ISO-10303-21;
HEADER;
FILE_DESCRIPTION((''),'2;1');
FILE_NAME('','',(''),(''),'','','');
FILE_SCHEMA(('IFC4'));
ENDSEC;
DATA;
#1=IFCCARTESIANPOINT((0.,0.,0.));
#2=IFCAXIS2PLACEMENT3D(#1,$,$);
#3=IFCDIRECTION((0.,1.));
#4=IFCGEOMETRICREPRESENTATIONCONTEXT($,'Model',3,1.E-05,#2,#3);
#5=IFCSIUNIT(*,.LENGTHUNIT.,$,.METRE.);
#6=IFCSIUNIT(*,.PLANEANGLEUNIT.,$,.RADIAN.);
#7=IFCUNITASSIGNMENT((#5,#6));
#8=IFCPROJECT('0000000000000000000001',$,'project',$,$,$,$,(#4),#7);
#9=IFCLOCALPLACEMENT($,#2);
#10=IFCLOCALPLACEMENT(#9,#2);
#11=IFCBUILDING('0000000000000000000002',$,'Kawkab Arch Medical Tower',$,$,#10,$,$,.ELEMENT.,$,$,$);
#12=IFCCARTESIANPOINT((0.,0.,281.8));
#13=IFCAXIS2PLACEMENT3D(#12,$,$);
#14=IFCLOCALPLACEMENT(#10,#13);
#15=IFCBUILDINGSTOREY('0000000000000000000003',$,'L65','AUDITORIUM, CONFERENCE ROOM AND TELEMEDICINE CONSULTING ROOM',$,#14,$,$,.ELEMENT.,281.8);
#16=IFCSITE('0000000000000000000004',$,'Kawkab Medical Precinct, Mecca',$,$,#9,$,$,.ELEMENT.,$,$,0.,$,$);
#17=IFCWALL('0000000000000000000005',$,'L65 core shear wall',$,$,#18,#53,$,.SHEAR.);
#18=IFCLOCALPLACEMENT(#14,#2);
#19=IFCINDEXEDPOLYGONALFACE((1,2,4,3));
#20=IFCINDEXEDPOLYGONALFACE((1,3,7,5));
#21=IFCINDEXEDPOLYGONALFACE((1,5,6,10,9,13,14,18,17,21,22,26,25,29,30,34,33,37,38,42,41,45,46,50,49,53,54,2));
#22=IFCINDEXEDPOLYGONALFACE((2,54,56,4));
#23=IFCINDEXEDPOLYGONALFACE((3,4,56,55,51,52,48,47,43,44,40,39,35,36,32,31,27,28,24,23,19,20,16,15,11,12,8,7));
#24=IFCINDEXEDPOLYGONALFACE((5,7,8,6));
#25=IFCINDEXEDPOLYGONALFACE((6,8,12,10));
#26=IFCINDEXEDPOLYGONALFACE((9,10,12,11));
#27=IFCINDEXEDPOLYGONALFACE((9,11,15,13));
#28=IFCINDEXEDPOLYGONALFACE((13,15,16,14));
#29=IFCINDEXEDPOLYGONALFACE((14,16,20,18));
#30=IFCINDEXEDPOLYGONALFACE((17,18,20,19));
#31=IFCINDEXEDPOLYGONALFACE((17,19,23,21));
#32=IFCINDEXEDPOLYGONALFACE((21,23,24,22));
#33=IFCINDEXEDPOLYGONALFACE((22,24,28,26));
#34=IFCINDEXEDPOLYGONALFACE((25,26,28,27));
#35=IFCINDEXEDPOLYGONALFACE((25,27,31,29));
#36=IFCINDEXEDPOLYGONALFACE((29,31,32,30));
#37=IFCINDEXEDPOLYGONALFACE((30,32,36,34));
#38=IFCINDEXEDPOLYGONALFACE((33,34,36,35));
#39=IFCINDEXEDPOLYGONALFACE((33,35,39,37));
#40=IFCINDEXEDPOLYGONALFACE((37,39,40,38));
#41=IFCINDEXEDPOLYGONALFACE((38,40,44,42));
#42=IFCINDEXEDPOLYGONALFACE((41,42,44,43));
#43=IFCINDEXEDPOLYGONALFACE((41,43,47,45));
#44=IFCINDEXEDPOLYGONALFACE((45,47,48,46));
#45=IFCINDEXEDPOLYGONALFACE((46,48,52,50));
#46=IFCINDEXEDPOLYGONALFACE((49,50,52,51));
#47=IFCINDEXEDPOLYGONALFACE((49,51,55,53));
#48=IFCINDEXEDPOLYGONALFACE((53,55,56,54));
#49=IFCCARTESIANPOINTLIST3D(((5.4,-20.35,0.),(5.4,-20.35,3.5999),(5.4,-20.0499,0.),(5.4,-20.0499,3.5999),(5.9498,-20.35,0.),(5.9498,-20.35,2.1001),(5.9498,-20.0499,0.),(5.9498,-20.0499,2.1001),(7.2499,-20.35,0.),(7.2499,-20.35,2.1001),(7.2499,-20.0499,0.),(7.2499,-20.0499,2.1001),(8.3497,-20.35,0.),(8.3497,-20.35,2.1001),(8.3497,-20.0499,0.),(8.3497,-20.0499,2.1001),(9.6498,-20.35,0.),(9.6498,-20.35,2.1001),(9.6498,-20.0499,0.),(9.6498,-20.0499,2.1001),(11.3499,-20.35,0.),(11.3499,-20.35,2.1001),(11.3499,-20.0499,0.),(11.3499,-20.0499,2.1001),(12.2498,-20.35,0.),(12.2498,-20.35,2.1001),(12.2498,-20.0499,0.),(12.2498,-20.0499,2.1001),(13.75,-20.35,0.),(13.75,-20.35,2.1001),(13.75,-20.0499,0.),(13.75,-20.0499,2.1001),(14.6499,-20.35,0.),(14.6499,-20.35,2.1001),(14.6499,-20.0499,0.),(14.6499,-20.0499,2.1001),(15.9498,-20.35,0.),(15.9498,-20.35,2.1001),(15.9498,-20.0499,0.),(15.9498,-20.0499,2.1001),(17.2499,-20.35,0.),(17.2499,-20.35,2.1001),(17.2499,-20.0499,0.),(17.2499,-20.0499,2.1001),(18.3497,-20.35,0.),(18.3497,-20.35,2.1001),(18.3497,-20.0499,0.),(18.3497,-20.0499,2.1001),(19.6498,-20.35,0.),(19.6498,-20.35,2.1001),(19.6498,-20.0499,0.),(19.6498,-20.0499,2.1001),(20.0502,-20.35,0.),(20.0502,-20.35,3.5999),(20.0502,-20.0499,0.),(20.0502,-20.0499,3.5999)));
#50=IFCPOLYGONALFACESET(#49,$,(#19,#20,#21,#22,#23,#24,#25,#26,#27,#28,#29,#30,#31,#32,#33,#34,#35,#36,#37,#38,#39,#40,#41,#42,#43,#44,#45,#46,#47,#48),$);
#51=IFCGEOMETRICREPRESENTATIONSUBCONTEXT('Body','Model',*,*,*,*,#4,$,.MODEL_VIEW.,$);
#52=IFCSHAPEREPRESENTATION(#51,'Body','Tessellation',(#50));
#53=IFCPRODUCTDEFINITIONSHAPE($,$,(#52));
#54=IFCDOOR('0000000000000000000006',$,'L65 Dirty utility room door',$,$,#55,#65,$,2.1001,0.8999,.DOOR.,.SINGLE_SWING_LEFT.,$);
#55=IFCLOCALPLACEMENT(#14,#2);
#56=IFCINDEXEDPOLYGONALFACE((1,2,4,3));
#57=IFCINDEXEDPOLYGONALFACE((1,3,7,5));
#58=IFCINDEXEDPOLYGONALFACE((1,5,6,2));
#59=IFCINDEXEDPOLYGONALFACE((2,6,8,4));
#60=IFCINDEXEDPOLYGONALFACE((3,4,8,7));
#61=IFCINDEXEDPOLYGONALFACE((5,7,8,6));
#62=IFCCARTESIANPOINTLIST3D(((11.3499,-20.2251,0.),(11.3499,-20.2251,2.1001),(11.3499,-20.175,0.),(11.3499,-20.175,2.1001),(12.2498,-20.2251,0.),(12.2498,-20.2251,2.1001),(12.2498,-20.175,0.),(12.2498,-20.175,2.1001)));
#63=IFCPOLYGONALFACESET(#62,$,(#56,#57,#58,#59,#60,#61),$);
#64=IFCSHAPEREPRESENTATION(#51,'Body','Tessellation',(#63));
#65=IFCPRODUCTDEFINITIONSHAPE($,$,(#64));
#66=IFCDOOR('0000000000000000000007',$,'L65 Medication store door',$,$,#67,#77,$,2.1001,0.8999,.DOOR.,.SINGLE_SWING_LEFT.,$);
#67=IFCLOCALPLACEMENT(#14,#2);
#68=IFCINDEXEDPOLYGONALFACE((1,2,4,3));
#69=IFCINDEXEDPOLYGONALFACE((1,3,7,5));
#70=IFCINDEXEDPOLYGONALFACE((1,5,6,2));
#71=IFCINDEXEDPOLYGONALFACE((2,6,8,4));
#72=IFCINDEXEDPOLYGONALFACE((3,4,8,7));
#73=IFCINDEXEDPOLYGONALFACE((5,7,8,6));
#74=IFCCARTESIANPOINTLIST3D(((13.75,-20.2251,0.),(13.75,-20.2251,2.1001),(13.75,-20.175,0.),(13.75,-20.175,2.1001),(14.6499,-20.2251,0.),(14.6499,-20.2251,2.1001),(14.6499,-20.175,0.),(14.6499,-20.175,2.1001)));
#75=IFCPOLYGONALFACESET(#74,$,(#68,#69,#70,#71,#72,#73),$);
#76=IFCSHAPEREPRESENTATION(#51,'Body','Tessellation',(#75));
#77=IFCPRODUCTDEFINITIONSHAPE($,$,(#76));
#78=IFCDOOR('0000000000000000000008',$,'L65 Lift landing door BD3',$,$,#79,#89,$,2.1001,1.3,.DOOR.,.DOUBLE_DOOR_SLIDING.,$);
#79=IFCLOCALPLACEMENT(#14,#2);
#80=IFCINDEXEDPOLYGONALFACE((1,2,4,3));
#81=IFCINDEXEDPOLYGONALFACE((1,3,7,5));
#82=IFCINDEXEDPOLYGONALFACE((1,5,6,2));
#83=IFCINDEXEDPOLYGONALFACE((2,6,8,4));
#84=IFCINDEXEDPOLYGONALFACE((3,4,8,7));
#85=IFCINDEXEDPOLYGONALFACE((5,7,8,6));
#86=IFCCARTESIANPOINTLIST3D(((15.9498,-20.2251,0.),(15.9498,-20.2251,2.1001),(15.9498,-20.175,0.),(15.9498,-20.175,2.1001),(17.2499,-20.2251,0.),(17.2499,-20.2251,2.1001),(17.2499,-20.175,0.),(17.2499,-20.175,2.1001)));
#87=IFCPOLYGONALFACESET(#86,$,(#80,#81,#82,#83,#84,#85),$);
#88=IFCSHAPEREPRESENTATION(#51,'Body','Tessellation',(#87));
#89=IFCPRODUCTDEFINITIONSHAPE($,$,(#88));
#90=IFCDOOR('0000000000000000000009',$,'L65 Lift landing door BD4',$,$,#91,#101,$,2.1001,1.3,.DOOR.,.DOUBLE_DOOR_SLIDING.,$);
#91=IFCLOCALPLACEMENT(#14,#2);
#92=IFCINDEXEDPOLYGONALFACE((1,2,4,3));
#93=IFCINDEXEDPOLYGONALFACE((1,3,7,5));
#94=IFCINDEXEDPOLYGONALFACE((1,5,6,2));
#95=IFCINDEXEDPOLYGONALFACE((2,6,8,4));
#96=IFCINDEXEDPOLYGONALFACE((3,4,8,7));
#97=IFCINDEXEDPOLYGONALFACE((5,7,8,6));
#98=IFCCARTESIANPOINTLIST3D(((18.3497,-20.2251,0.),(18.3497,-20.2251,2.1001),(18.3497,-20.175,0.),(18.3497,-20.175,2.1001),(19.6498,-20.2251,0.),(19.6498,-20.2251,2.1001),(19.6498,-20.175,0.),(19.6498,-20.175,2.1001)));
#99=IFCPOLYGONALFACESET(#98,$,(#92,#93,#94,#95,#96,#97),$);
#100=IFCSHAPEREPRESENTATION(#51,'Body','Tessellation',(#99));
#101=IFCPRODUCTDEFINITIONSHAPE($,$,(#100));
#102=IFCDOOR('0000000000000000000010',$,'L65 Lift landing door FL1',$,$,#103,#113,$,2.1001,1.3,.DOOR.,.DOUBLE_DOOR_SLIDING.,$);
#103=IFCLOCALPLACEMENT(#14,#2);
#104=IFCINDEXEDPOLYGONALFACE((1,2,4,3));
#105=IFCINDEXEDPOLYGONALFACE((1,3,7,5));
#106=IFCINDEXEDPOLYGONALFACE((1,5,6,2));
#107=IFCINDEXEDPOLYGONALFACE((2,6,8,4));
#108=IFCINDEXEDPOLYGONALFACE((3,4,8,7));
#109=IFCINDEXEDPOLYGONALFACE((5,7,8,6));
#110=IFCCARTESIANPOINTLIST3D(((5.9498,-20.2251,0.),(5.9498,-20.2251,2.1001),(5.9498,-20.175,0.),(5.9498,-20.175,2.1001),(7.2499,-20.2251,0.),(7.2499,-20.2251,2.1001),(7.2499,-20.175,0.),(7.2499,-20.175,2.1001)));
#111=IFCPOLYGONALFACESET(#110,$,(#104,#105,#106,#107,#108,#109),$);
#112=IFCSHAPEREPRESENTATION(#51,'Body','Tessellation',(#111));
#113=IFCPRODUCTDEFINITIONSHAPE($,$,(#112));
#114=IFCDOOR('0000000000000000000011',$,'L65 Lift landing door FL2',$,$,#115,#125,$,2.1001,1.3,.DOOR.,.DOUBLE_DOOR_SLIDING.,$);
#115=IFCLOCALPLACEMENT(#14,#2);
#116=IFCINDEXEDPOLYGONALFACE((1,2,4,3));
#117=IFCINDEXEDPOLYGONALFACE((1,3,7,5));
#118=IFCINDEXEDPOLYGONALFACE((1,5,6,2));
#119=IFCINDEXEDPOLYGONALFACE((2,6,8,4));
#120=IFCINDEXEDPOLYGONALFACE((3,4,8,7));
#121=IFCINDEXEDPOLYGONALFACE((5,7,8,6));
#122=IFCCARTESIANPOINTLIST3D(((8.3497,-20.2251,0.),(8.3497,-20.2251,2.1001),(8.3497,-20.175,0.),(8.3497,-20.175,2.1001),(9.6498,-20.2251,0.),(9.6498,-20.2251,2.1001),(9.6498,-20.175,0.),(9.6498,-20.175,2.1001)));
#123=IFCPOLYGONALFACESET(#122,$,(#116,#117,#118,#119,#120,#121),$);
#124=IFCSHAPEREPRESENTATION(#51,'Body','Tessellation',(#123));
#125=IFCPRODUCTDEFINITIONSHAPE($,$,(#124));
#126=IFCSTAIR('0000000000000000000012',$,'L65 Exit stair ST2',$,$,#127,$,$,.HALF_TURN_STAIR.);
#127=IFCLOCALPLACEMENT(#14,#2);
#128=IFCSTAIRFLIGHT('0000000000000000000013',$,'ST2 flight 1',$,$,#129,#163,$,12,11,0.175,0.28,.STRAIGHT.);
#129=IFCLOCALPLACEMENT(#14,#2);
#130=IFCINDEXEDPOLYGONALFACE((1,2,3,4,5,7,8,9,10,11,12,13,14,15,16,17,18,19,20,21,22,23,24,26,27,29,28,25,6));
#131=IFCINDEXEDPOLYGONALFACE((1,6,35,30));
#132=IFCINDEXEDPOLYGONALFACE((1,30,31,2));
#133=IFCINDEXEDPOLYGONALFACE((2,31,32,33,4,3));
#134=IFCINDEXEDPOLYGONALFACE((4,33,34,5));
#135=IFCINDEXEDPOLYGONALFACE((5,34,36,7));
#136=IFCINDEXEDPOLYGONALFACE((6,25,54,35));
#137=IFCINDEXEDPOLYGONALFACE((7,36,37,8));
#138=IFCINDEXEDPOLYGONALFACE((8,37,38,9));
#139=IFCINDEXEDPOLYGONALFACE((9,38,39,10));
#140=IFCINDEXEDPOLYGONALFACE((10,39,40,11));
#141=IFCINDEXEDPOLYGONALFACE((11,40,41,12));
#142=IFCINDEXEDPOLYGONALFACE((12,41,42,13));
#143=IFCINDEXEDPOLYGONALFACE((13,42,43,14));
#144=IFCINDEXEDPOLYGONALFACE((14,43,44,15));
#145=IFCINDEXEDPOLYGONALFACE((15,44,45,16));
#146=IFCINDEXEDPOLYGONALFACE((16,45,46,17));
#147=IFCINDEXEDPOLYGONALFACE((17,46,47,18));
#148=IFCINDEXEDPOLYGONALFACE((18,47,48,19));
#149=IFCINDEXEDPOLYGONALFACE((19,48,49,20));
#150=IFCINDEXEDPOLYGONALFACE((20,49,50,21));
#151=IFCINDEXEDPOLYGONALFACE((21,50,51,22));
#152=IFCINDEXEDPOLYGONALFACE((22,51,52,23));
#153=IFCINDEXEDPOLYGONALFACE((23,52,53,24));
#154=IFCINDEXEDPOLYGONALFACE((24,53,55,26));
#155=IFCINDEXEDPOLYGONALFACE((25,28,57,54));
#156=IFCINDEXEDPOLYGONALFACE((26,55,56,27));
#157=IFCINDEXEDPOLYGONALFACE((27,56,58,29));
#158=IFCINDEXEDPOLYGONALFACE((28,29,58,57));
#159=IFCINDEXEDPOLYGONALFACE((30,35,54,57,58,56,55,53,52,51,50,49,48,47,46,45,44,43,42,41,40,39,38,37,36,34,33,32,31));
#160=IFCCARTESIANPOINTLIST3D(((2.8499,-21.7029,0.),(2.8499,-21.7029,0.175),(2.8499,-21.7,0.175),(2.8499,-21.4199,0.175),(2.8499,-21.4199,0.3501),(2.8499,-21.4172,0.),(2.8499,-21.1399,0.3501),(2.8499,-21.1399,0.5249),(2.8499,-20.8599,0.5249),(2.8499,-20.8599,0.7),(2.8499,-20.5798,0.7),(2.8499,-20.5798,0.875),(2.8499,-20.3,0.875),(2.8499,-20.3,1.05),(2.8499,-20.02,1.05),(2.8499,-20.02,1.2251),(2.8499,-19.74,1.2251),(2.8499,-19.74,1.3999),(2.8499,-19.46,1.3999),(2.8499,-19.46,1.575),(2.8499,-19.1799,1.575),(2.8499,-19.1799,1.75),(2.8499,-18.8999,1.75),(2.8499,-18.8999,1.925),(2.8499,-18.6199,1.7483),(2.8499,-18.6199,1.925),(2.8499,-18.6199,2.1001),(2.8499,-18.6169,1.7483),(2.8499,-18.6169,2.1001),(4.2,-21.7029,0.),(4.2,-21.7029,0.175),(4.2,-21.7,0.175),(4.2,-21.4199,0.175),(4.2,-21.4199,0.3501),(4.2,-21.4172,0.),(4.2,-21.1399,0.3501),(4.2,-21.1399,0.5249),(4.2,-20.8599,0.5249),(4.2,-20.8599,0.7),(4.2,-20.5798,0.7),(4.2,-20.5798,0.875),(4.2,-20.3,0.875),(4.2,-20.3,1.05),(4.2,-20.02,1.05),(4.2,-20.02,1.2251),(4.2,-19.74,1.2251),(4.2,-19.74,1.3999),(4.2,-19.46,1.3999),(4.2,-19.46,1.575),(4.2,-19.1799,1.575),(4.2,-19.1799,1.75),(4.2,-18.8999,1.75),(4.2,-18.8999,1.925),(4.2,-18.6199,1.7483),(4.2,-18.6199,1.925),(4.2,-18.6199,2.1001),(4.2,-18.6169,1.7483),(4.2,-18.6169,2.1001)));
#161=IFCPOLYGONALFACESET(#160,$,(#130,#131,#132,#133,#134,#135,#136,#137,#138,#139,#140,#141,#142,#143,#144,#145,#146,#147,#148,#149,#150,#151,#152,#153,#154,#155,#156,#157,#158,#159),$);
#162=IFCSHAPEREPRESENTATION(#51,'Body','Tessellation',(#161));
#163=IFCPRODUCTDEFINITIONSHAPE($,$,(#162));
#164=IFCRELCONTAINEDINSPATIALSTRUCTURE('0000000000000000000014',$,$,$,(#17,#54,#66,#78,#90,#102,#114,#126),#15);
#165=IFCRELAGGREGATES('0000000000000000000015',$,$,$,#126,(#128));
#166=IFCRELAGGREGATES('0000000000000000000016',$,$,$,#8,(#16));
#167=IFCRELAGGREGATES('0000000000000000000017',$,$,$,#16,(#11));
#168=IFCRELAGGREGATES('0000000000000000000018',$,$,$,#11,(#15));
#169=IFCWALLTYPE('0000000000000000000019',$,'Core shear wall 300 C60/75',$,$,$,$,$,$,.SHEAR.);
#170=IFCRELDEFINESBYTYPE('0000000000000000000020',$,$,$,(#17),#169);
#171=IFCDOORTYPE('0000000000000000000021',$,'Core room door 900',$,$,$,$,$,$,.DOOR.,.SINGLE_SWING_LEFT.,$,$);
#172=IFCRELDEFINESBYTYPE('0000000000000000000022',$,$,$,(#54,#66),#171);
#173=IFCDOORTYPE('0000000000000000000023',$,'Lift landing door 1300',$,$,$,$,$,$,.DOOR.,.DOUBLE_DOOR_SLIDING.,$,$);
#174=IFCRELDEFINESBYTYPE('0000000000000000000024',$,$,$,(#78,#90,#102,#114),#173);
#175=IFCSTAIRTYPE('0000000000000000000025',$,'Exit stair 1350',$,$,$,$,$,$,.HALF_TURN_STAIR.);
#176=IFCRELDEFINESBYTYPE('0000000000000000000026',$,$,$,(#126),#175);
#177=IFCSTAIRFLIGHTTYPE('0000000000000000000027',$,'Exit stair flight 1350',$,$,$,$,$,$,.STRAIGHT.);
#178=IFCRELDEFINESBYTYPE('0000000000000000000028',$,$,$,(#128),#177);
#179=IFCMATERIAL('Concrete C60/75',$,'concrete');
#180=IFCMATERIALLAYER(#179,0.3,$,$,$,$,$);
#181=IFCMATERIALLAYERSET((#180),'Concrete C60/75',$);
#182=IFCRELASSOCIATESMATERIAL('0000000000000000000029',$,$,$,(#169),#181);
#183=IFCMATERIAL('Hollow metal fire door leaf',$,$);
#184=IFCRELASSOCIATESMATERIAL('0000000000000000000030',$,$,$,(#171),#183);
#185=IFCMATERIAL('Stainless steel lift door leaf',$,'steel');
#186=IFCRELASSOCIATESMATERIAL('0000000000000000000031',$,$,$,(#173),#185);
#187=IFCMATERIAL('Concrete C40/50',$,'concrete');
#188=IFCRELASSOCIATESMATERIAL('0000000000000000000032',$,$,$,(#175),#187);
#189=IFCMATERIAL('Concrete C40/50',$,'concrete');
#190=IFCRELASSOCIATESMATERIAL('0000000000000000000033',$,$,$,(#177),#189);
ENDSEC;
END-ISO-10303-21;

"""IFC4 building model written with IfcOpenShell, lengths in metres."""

from ifc_helpers import new_model, si_unit, direction, frame, frame_2d, origin, place, context, subcontext, project, spatial, polyline, rectangle, outline, extrude, material, layer, layer_set, type_object, element, fill, aggregate, save


model = new_model("IFC4")

# Units and contexts
model_context = context("Model", 3, precision=1e-05, world=origin(), true_north=direction((0.0, 1.0)))
body_context = subcontext(model_context, "Body", "Model", "MODEL_VIEW")
ifc_project = project(units=[si_unit("LENGTHUNIT", "METRE"), si_unit("PLANEANGLEUNIT", "RADIAN")], contexts=[model_context])

# Site, building, storey
site_placement = place(None, origin())
site = spatial("IfcSite", under=ifc_project, at=site_placement, Name="Kawkab Medical Precinct, Mecca", CompositionType="ELEMENT", RefElevation=0.0)
building_placement = place(site_placement, origin())
building = spatial("IfcBuilding", under=site, at=building_placement, Name="Kawkab Arch Medical Tower", CompositionType="ELEMENT")
storey_placement = place(building_placement, frame((0.0, 0.0, 281.8)))
storey = spatial("IfcBuildingStorey", under=building, at=storey_placement, Name="L65", Description="AUDITORIUM, CONFERENCE ROOM AND TELEMEDICINE CONSULTING ROOM", CompositionType="ELEMENT", Elevation=281.8)

# Wall, openings, doors
ifc_material_1 = material(Name="Concrete C60/75", Category="concrete")
ifc_layer_1 = layer(ifc_material_1, 0.3)
ifc_layer_set_1 = layer_set([ifc_layer_1], Name="Concrete C60/75")
wall_type_1 = type_object("IfcWallType", Name="Core shear wall 300 C60/75", PredefinedType="SHEAR", material=ifc_layer_set_1)
wall_1_placement = place(storey_placement, frame((5.3999, -20.2, 0.0), z_axis=(0.0, 0.0, 1.0), x_axis=(1.0, 0.0, 0.0)))
wall_1 = element("IfcWall", 1, at=wall_1_placement, inside=storey, type_object=wall_type_1, Name="L65 core shear wall", PredefinedType="SHEAR", context=body_context, shape_type="SweptSolid", body=[
    extrude(rectangle(XDim=14.6501, YDim=0.3, at=frame_2d((7.3252, 0.0))), origin(), (0.0, 0.0, 1.0), 3.5999),
])
opening_1_placement = place(wall_1_placement, frame((10.55, 0.0, 0.0)))
opening_1 = element("IfcOpeningElement", 2, at=opening_1_placement, cuts=wall_1, PredefinedType="OPENING", context=body_context, shape_type="SweptSolid", body=[
    extrude(rectangle(XDim=1.3, YDim=2.1001, at=frame_2d((0.6499, 1.05))), frame((0.0, 0.1599, 0.0), z_axis=(0.0, -1.0, 0.0), x_axis=(1.0, 0.0, 0.0)), (0.0, 0.0, 1.0), 0.3201),
])
opening_2_placement = place(wall_1_placement, frame((12.95, 0.0, 0.0)))
opening_2 = element("IfcOpeningElement", 3, at=opening_2_placement, cuts=wall_1, PredefinedType="OPENING", context=body_context, shape_type="SweptSolid", body=[
    extrude(rectangle(XDim=1.3, YDim=2.1001, at=frame_2d((0.6499, 1.05))), frame((0.0, 0.1599, 0.0), z_axis=(0.0, -1.0, 0.0), x_axis=(1.0, 0.0, 0.0)), (0.0, 0.0, 1.0), 0.3201),
])
opening_3_placement = place(wall_1_placement, frame((0.55, 0.0, 0.0)))
opening_3 = element("IfcOpeningElement", 4, at=opening_3_placement, cuts=wall_1, PredefinedType="OPENING", context=body_context, shape_type="SweptSolid", body=[
    extrude(rectangle(XDim=1.3, YDim=2.1001, at=frame_2d((0.6499, 1.05))), frame((0.0, 0.1599, 0.0), z_axis=(0.0, -1.0, 0.0), x_axis=(1.0, 0.0, 0.0)), (0.0, 0.0, 1.0), 0.3201),
])
opening_4_placement = place(wall_1_placement, frame((2.95, 0.0, 0.0)))
opening_4 = element("IfcOpeningElement", 5, at=opening_4_placement, cuts=wall_1, PredefinedType="OPENING", context=body_context, shape_type="SweptSolid", body=[
    extrude(rectangle(XDim=1.3, YDim=2.1001, at=frame_2d((0.6499, 1.05))), frame((0.0, 0.1599, 0.0), z_axis=(0.0, -1.0, 0.0), x_axis=(1.0, 0.0, 0.0)), (0.0, 0.0, 1.0), 0.3201),
])
opening_5_placement = place(wall_1_placement, frame((5.95, 0.0, 0.0)))
opening_5 = element("IfcOpeningElement", 6, at=opening_5_placement, cuts=wall_1, PredefinedType="OPENING", context=body_context, shape_type="SweptSolid", body=[
    extrude(rectangle(XDim=0.8999, YDim=2.1001, at=frame_2d((0.45, 1.05))), frame((0.0, 0.1599, 0.0), z_axis=(0.0, -1.0, 0.0), x_axis=(1.0, 0.0, 0.0)), (0.0, 0.0, 1.0), 0.3201),
])
opening_6_placement = place(wall_1_placement, frame((8.3501, 0.0, 0.0)))
opening_6 = element("IfcOpeningElement", 7, at=opening_6_placement, cuts=wall_1, PredefinedType="OPENING", context=body_context, shape_type="SweptSolid", body=[
    extrude(rectangle(XDim=0.8999, YDim=2.1001, at=frame_2d((0.45, 1.05))), frame((0.0, 0.1599, 0.0), z_axis=(0.0, -1.0, 0.0), x_axis=(1.0, 0.0, 0.0)), (0.0, 0.0, 1.0), 0.3201),
])
ifc_material_2 = material(Name="Hollow metal fire door leaf")
door_type_1 = type_object("IfcDoorType", Name="Core room door 900", OperationType="SINGLE_SWING_LEFT", PredefinedType="DOOR", material=ifc_material_2)
door_1_placement = place(opening_5_placement, origin())
door_1 = element("IfcDoor", 8, at=door_1_placement, inside=storey, type_object=door_type_1, Name="L65 Dirty utility room door", OperationType="SINGLE_SWING_LEFT", OverallHeight=2.1001, OverallWidth=0.8999, PredefinedType="DOOR", context=body_context, shape_type="SweptSolid", body=[
    extrude(rectangle(XDim=0.8999, YDim=2.1001, at=frame_2d((0.45, 1.05))), frame((0.0, 0.0249, 0.0), z_axis=(0.0, -1.0, 0.0), x_axis=(1.0, 0.0, 0.0)), (0.0, 0.0, 1.0), 0.05),
])
fill(opening_5, door_1)
door_2_placement = place(opening_6_placement, origin())
door_2 = element("IfcDoor", 9, at=door_2_placement, inside=storey, type_object=door_type_1, Name="L65 Medication store door", OperationType="SINGLE_SWING_LEFT", OverallHeight=2.1001, OverallWidth=0.8999, PredefinedType="DOOR", context=body_context, shape_type="SweptSolid", body=[
    extrude(rectangle(XDim=0.8999, YDim=2.1001, at=frame_2d((0.45, 1.05))), frame((0.0, 0.0249, 0.0), z_axis=(0.0, -1.0, 0.0), x_axis=(1.0, 0.0, 0.0)), (0.0, 0.0, 1.0), 0.05),
])
fill(opening_6, door_2)
ifc_material_3 = material(Name="Stainless steel lift door leaf", Category="steel")
door_type_2 = type_object("IfcDoorType", Name="Lift landing door 1300", OperationType="DOUBLE_DOOR_SLIDING", PredefinedType="DOOR", material=ifc_material_3)
door_3_placement = place(opening_1_placement, origin())
door_3 = element("IfcDoor", 10, at=door_3_placement, inside=storey, type_object=door_type_2, Name="L65 Lift landing door BD3", OperationType="DOUBLE_DOOR_SLIDING", OverallHeight=2.1001, OverallWidth=1.3, PredefinedType="DOOR", context=body_context, shape_type="SweptSolid", body=[
    extrude(rectangle(XDim=1.3, YDim=2.1001, at=frame_2d((0.6499, 1.05))), frame((0.0, 0.0249, 0.0), z_axis=(0.0, -1.0, 0.0), x_axis=(1.0, 0.0, 0.0)), (0.0, 0.0, 1.0), 0.05),
])
fill(opening_1, door_3)
door_4_placement = place(opening_2_placement, origin())
door_4 = element("IfcDoor", 11, at=door_4_placement, inside=storey, type_object=door_type_2, Name="L65 Lift landing door BD4", OperationType="DOUBLE_DOOR_SLIDING", OverallHeight=2.1001, OverallWidth=1.3, PredefinedType="DOOR", context=body_context, shape_type="SweptSolid", body=[
    extrude(rectangle(XDim=1.3, YDim=2.1001, at=frame_2d((0.6499, 1.05))), frame((0.0, 0.0249, 0.0), z_axis=(0.0, -1.0, 0.0), x_axis=(1.0, 0.0, 0.0)), (0.0, 0.0, 1.0), 0.05),
])
fill(opening_2, door_4)
door_5_placement = place(opening_3_placement, origin())
door_5 = element("IfcDoor", 12, at=door_5_placement, inside=storey, type_object=door_type_2, Name="L65 Lift landing door FL1", OperationType="DOUBLE_DOOR_SLIDING", OverallHeight=2.1001, OverallWidth=1.3, PredefinedType="DOOR", context=body_context, shape_type="SweptSolid", body=[
    extrude(rectangle(XDim=1.3, YDim=2.1001, at=frame_2d((0.6499, 1.05))), frame((0.0, 0.0249, 0.0), z_axis=(0.0, -1.0, 0.0), x_axis=(1.0, 0.0, 0.0)), (0.0, 0.0, 1.0), 0.05),
])
fill(opening_3, door_5)
door_6_placement = place(opening_4_placement, origin())
door_6 = element("IfcDoor", 13, at=door_6_placement, inside=storey, type_object=door_type_2, Name="L65 Lift landing door FL2", OperationType="DOUBLE_DOOR_SLIDING", OverallHeight=2.1001, OverallWidth=1.3, PredefinedType="DOOR", context=body_context, shape_type="SweptSolid", body=[
    extrude(rectangle(XDim=1.3, YDim=2.1001, at=frame_2d((0.6499, 1.05))), frame((0.0, 0.0249, 0.0), z_axis=(0.0, -1.0, 0.0), x_axis=(1.0, 0.0, 0.0)), (0.0, 0.0, 1.0), 0.05),
])
fill(opening_4, door_6)

# Stair, stair flight
ifc_material_4 = material(Name="Concrete C40/50", Category="concrete")
stair_type = type_object("IfcStairType", Name="Exit stair 1350", PredefinedType="HALF_TURN_STAIR", material=ifc_material_4)
placement = place(storey_placement, origin())
stair_1 = element("IfcStair", 14, at=placement, inside=storey, type_object=stair_type, Name="L65 Exit stair ST2", PredefinedType="HALF_TURN_STAIR")
ifc_material_5 = material(Name="Concrete C40/50", Category="concrete")
stair_flight_type = type_object("IfcStairFlightType", Name="Exit stair flight 1350", PredefinedType="STRAIGHT", material=ifc_material_5)
stair_flight_1_placement = place(storey_placement, frame((3.5249, -21.7, 0.0), z_axis=(0.0, 0.0, 1.0), x_axis=(0.0, 1.0, 0.0)))
stair_flight_1 = element("IfcStairFlight", 15, at=stair_flight_1_placement, type_object=stair_flight_type, Name="ST2 flight 1", NumberOfRisers=12, NumberOfTreads=11, PredefinedType="STRAIGHT", RiserHeight=0.175, TreadLength=0.28, context=body_context, shape_type="SweptSolid", body=[
    extrude(outline(polyline([(-0.0029, 0.0), (-0.0029, 0.175), (0.0, 0.175), (0.28, 0.175), (0.28, 0.3501), (0.5601, 0.3501), (0.5601, 0.5249), (0.8401, 0.5249), (0.8401, 0.7), (1.1201, 0.7), (1.1201, 0.875), (1.3999, 0.875), (1.3999, 1.05), (1.6799, 1.05), (1.6799, 1.2251), (1.96, 1.2251), (1.96, 1.3999), (2.24, 1.3999), (2.24, 1.575), (2.52, 1.575), (2.52, 1.75), (2.8, 1.75), (2.8, 1.925), (3.0801, 1.925), (3.0801, 2.1001), (3.083, 2.1001), (3.083, 1.7483), (3.0801, 1.7483), (0.2827, 0.0), (-0.0029, 0.0)])), frame((0.0, 0.675, 0.0), z_axis=(0.0, -1.0, 0.0), x_axis=(1.0, 0.0, 0.0)), (0.0, 0.0, 1.0), 1.3501),
])
aggregate(stair_1, [stair_flight_1])

save(model, "model.ifc")
